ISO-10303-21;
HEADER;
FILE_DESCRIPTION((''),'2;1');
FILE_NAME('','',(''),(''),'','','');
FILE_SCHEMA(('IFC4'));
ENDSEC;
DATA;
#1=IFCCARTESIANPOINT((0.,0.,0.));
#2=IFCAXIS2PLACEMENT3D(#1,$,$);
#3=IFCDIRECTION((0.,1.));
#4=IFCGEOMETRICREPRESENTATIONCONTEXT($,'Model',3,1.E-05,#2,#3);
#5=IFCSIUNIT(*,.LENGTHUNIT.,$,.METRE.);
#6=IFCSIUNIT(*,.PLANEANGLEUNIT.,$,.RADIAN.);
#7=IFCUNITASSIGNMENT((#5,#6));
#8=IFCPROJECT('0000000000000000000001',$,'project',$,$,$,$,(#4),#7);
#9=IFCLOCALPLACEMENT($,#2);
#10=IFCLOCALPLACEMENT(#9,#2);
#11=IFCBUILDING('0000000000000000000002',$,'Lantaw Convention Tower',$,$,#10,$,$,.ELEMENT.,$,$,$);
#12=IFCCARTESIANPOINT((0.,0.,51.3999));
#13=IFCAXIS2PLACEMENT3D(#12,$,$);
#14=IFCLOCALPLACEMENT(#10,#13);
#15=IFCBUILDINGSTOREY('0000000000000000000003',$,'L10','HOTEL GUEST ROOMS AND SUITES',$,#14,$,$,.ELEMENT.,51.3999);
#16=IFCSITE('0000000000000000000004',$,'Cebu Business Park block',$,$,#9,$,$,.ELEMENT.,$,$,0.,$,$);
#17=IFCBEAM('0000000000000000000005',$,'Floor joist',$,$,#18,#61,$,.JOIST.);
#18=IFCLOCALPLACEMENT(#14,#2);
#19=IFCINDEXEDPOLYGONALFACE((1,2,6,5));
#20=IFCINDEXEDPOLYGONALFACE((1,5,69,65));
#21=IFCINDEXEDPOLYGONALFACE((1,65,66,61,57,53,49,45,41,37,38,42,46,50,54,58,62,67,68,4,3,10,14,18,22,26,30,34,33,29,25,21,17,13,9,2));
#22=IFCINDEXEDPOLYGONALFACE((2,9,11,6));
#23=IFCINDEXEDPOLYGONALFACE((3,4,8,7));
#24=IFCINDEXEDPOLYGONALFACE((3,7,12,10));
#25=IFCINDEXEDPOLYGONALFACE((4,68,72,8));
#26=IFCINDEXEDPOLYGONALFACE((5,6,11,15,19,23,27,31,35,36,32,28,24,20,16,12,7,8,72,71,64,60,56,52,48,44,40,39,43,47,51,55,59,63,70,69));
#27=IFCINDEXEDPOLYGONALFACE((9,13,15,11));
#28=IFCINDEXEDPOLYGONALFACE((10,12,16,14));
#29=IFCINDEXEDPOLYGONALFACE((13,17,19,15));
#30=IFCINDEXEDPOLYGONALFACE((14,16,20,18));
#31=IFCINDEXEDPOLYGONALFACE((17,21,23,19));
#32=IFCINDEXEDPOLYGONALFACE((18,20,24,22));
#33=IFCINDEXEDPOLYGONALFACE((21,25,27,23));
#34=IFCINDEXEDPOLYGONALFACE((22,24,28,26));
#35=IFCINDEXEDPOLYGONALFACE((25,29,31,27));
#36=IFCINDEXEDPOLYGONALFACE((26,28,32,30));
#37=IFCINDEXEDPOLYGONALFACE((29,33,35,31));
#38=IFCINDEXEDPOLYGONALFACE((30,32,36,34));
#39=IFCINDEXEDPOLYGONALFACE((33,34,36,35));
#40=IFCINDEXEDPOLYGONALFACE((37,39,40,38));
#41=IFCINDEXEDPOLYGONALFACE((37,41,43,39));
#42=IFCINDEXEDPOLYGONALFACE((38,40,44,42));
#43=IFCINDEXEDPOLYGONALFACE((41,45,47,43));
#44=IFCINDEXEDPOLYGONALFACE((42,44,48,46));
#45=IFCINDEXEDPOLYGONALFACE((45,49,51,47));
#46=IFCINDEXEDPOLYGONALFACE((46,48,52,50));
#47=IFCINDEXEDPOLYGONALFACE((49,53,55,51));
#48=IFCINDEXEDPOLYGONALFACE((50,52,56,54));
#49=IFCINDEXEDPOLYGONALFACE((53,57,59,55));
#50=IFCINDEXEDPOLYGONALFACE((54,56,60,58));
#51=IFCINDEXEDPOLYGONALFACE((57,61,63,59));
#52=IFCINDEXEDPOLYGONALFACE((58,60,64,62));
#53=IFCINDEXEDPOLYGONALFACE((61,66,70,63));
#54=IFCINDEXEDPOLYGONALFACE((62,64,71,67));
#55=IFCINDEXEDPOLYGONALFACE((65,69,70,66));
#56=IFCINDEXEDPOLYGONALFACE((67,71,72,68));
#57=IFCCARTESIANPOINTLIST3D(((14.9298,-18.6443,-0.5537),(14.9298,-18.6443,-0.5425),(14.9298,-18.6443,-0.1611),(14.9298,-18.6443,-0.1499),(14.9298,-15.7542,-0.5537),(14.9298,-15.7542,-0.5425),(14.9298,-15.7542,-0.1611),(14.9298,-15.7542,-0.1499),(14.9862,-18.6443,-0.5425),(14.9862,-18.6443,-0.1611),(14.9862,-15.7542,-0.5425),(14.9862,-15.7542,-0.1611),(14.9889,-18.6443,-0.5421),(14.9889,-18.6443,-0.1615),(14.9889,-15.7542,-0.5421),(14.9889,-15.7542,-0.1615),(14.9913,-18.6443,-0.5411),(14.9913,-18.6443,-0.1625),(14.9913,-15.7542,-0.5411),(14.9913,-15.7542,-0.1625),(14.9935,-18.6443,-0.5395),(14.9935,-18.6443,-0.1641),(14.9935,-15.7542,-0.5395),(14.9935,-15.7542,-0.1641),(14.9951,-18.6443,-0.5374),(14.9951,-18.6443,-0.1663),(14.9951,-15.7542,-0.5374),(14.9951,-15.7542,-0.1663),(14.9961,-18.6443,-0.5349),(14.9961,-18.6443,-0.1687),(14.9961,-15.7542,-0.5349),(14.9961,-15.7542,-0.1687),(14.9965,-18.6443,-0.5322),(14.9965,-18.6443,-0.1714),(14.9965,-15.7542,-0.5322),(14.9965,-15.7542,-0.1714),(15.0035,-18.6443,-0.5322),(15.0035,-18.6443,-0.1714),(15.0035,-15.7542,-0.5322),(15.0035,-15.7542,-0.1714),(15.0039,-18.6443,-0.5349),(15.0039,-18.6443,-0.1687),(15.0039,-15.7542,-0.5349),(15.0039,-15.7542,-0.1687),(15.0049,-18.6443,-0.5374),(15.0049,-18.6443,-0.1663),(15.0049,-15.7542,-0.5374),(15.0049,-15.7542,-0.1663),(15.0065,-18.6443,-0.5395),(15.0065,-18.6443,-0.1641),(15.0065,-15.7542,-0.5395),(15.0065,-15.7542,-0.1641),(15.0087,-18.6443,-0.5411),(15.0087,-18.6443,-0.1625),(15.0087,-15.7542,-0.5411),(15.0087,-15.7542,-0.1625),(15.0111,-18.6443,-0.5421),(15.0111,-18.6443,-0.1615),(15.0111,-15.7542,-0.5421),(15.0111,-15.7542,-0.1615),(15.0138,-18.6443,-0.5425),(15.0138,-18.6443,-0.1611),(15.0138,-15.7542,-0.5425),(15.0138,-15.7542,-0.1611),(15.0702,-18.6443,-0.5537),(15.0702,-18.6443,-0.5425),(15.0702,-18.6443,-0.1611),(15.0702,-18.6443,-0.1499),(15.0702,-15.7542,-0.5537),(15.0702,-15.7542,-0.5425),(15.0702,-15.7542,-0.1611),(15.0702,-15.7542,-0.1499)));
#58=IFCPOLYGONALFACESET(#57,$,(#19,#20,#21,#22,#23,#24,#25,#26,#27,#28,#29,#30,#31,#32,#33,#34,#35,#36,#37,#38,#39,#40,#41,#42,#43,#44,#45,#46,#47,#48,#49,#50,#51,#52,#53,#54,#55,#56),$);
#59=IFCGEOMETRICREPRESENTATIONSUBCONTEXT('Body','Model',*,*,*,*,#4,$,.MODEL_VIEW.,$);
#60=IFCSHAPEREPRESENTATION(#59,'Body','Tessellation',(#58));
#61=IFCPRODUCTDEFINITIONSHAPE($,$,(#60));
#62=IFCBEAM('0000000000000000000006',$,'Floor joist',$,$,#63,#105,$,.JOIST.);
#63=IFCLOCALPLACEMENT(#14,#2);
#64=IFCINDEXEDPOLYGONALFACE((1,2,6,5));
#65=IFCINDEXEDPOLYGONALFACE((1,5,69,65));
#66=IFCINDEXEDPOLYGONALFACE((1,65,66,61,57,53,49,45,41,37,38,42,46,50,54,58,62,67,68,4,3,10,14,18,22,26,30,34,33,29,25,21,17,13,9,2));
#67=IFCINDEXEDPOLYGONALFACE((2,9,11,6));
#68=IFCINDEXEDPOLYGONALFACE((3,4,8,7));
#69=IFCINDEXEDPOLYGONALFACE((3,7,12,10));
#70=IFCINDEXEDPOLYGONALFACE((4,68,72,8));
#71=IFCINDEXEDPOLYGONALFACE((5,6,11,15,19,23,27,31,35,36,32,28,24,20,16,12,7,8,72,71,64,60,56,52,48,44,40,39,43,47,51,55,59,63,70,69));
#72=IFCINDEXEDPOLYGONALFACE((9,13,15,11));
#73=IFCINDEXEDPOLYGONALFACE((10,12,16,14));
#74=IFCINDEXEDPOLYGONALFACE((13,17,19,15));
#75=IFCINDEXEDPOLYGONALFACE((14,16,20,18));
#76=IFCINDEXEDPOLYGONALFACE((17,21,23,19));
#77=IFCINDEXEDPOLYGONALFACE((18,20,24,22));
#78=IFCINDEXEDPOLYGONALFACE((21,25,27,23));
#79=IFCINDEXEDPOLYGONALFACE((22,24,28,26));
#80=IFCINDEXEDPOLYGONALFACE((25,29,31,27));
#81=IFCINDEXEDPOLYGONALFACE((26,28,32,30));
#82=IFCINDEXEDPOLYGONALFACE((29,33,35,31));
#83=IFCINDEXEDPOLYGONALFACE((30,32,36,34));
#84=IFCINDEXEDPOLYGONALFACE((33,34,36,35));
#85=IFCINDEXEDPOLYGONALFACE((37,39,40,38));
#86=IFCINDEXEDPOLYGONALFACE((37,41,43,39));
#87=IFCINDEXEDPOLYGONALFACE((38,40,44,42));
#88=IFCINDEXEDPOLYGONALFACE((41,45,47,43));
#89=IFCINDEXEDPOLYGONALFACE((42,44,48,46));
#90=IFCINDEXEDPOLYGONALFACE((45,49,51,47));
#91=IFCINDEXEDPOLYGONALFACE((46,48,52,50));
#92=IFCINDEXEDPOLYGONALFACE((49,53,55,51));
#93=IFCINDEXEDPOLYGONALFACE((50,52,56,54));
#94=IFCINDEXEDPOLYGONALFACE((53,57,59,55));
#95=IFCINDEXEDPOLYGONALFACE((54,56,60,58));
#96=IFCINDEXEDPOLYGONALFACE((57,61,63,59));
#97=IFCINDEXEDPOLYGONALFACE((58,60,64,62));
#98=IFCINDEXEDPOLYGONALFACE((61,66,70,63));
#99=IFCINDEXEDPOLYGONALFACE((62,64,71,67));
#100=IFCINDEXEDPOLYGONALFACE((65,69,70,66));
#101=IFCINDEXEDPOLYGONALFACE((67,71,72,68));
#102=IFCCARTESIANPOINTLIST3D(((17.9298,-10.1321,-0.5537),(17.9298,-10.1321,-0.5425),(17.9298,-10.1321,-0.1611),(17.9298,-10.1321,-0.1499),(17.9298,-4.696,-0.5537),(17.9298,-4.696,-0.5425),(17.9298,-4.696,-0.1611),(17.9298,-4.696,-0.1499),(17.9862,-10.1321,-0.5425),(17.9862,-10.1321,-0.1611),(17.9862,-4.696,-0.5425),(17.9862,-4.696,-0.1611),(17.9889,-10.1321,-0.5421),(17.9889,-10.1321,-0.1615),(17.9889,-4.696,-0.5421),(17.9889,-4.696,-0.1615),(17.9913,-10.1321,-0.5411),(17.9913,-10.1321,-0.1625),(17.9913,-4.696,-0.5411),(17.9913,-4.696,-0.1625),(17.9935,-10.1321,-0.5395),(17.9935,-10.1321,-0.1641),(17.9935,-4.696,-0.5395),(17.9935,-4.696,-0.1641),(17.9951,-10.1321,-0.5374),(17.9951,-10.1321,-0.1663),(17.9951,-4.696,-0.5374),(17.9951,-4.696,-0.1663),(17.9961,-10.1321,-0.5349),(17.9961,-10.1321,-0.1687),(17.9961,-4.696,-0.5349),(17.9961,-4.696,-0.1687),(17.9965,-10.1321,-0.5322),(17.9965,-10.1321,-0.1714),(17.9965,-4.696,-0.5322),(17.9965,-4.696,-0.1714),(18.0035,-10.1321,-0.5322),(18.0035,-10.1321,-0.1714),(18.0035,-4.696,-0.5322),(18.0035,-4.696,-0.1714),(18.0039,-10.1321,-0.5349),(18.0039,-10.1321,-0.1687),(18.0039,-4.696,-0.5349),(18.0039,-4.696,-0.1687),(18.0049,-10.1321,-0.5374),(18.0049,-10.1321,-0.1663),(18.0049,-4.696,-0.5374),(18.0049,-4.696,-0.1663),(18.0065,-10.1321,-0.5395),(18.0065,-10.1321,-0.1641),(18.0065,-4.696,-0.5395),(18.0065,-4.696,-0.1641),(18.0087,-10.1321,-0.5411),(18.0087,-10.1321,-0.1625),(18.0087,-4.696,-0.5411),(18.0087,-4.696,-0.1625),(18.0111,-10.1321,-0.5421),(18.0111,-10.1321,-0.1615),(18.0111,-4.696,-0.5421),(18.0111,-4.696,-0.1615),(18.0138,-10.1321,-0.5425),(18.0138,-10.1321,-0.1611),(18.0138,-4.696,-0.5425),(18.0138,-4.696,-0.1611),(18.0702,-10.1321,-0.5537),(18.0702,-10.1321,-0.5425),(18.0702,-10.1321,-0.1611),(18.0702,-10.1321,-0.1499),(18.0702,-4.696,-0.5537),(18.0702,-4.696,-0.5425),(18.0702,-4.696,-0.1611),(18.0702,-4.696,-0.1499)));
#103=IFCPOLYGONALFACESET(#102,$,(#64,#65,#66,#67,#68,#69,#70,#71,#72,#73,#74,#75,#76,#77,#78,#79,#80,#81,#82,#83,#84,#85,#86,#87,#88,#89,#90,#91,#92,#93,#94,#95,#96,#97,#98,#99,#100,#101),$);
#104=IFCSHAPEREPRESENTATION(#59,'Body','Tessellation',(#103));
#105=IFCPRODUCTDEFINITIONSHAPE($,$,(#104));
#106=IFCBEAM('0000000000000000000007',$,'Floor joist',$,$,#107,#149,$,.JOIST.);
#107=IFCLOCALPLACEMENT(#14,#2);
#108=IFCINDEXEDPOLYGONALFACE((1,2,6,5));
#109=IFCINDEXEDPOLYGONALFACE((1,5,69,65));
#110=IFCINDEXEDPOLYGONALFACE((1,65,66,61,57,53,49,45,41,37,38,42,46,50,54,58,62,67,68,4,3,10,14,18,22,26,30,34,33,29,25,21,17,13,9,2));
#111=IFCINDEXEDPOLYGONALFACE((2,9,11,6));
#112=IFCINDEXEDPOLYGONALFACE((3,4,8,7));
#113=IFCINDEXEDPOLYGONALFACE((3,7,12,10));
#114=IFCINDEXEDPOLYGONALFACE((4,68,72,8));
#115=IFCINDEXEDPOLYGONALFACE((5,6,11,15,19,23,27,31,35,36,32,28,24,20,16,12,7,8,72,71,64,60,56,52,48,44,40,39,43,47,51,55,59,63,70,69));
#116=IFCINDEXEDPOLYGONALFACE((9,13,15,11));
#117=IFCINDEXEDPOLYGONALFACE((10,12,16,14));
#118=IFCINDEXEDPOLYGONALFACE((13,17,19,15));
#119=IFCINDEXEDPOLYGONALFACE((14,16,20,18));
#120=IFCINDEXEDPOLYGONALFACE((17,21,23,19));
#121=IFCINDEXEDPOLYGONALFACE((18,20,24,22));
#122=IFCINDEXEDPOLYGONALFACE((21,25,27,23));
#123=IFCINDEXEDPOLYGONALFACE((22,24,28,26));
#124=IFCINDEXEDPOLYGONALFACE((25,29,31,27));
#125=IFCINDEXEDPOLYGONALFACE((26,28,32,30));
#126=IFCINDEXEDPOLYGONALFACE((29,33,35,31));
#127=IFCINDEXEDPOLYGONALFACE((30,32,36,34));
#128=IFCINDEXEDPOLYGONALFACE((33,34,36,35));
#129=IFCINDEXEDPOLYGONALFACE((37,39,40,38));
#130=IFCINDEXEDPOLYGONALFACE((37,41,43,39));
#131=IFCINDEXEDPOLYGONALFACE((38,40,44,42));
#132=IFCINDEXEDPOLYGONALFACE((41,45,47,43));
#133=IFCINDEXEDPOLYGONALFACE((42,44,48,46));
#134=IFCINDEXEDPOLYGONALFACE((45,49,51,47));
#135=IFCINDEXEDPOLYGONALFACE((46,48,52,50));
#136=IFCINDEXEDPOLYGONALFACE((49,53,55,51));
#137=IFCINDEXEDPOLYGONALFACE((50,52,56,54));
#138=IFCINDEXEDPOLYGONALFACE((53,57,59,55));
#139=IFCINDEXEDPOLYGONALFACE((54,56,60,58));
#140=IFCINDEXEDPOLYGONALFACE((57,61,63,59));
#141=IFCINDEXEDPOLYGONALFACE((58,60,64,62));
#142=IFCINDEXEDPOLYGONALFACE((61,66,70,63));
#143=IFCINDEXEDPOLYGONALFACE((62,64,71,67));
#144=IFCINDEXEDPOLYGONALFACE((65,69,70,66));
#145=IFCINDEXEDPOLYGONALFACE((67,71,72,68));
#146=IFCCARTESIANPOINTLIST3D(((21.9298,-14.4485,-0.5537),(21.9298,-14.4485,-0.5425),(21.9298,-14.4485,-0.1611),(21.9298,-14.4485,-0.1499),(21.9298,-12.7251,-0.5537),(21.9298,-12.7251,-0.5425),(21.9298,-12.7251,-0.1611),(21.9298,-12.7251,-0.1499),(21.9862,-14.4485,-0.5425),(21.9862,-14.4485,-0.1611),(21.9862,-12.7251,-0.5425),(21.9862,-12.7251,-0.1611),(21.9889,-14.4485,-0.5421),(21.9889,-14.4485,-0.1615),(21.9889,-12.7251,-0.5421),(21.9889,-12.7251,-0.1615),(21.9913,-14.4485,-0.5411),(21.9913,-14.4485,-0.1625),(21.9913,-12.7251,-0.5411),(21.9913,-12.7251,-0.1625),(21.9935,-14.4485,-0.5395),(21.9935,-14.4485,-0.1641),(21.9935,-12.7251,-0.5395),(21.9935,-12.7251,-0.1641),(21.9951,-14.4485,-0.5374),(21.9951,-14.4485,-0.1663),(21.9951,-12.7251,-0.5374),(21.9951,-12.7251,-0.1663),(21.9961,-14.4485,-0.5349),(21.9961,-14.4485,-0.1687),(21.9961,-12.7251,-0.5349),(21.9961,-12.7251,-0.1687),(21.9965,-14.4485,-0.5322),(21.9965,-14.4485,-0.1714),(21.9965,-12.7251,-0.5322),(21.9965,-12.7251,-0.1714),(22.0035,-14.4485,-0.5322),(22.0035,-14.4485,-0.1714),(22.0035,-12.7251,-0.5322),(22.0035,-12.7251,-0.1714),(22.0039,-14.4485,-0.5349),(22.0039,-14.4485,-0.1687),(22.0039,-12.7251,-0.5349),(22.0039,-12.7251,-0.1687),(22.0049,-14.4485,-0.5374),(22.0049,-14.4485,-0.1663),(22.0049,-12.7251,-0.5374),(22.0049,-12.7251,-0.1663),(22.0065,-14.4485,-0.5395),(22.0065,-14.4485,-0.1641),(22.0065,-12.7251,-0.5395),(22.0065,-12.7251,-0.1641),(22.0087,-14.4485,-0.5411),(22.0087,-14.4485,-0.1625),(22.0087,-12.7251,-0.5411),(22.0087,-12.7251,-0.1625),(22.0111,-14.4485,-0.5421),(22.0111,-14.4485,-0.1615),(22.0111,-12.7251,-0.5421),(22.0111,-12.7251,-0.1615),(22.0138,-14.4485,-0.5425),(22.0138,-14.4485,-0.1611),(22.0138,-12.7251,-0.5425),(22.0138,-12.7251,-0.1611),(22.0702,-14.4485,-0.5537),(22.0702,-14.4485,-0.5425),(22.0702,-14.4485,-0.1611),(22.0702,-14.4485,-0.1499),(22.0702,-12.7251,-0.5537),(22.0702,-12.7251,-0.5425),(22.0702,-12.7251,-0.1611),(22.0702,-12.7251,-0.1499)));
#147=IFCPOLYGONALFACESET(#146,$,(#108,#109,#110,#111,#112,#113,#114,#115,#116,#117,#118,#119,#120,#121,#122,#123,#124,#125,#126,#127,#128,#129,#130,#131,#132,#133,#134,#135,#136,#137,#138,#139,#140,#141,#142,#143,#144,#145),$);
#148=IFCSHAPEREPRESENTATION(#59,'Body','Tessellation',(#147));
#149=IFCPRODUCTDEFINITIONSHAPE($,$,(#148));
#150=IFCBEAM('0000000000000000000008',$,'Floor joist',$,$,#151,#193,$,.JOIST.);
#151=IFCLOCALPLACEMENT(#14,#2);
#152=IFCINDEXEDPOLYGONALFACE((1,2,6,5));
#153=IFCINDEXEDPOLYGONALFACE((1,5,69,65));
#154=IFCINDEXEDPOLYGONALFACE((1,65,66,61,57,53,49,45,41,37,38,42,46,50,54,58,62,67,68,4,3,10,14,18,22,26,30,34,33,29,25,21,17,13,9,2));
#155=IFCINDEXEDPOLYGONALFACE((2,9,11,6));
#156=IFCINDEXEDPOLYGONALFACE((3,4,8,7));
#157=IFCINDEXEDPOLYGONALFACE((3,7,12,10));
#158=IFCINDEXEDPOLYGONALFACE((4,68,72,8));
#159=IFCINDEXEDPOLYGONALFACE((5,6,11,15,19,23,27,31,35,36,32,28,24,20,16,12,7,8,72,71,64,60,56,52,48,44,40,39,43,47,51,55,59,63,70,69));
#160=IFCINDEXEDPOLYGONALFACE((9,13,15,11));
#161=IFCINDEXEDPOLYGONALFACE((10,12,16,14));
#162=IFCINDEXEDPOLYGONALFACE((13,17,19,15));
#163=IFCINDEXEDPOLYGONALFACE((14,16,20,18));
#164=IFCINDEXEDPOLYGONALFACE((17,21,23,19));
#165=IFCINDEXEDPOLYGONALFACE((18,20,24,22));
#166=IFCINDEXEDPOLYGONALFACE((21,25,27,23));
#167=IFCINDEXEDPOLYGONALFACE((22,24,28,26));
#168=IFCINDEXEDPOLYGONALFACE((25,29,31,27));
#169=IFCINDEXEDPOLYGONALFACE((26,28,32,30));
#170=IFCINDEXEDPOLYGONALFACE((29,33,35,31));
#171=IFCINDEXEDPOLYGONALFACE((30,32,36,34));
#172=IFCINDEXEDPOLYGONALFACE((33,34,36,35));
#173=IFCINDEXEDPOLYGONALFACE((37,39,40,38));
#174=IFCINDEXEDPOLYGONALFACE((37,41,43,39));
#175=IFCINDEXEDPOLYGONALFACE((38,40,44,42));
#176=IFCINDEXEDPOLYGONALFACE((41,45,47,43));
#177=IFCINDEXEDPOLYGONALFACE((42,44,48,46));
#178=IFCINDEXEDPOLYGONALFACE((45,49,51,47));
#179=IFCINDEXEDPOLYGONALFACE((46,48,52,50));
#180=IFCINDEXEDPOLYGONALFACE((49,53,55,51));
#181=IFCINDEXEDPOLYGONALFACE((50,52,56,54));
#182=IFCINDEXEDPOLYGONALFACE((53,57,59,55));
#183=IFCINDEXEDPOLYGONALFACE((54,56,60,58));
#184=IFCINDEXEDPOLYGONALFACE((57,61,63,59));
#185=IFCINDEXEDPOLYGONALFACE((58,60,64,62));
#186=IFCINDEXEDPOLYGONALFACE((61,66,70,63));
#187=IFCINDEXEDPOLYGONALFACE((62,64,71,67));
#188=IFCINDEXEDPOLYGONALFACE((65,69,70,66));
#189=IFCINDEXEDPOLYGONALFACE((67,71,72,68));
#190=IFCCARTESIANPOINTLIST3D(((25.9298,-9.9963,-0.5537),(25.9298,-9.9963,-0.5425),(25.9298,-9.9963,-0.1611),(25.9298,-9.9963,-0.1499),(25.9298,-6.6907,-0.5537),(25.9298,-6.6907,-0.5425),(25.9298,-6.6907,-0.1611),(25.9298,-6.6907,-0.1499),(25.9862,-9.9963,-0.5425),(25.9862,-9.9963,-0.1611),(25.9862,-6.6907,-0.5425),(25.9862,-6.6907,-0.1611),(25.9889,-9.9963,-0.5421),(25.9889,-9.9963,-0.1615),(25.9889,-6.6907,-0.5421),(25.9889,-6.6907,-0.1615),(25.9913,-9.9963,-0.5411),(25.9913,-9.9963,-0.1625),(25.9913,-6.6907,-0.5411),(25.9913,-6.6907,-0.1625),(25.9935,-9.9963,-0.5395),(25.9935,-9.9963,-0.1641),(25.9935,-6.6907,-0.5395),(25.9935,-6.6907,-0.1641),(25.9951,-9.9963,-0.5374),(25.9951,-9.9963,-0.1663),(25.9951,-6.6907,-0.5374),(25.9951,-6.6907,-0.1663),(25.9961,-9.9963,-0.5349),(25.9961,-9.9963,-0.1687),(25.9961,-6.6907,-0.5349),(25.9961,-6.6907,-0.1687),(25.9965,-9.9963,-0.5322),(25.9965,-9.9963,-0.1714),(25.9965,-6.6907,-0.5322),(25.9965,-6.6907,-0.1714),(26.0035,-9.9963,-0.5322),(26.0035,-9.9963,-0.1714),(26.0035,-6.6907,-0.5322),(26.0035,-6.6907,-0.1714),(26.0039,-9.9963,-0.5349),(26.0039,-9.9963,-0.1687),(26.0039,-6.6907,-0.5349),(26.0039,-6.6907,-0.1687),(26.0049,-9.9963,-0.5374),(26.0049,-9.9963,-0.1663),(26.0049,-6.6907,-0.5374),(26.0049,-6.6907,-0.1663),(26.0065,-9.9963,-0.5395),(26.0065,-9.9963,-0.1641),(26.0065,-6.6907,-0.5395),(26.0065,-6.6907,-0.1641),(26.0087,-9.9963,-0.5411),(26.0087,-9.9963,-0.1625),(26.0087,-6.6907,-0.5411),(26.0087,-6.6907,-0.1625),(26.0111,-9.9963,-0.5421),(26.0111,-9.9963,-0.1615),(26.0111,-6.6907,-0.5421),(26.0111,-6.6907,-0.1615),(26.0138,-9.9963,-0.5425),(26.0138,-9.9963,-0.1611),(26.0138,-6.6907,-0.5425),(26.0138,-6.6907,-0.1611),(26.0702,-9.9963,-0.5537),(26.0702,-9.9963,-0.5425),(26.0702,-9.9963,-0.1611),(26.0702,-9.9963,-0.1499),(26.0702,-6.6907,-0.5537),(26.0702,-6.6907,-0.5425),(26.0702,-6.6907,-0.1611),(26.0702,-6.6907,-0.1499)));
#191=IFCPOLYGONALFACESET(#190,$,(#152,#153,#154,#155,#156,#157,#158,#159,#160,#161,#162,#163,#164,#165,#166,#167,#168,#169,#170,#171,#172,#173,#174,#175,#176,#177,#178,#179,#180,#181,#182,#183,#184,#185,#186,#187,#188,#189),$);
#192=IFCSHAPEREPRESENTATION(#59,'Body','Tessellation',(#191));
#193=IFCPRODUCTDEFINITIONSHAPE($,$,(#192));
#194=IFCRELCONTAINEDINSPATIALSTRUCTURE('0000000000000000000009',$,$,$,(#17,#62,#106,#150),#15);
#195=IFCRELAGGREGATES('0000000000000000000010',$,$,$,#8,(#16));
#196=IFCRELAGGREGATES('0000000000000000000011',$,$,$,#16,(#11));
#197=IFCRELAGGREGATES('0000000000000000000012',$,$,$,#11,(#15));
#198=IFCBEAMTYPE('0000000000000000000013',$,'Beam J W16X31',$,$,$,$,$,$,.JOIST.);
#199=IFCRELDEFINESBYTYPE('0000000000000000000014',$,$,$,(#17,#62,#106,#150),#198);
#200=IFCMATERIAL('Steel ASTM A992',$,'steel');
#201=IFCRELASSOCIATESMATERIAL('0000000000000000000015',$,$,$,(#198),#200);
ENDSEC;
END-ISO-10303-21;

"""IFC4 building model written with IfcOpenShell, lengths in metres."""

from ifc_helpers import new_model, si_unit, direction, frame, origin, origin_2d, place, context, subcontext, project, spatial, i_section, extrude, material, material_profile, profile_set, type_object, element, save


model = new_model("IFC4")

# Units and contexts
model_context = context("Model", 3, precision=1e-05, world=origin(), true_north=direction((0.0, 1.0)))
body_context = subcontext(model_context, "Body", "Model", "MODEL_VIEW")
ifc_project = project(units=[si_unit("LENGTHUNIT", "METRE"), si_unit("PLANEANGLEUNIT", "RADIAN")], contexts=[model_context])

# Site, building, storey
site_placement = place(None, origin())
site = spatial("IfcSite", under=ifc_project, at=site_placement, Name="Cebu Business Park block", CompositionType="ELEMENT", RefElevation=0.0)
building_placement = place(site_placement, origin())
building = spatial("IfcBuilding", under=site, at=building_placement, Name="Lantaw Convention Tower", CompositionType="ELEMENT")
storey_placement = place(building_placement, frame((0.0, 0.0, 51.3999)))
storey = spatial("IfcBuildingStorey", under=building, at=storey_placement, Name="L10", Description="HOTEL GUEST ROOMS AND SUITES", CompositionType="ELEMENT", Elevation=51.3999)

# Beams
ifc_material_1 = material(Name="Steel ASTM A992", Category="steel")
ifc_material_profile_1 = material_profile(ifc_material_1, i_section(OverallWidth=0.1404, OverallDepth=0.4038, WebThickness=0.0071, FlangeThickness=0.0112, FilletRadius=0.0103, at=origin_2d()), Name="W16X31")
ifc_profile_set_1 = profile_set([ifc_material_profile_1], Name="Steel ASTM A992")
beam_type_1 = type_object("IfcBeamType", Name="Beam J W16X31", PredefinedType="JOIST", material=ifc_profile_set_1)
beam_1_placement = place(storey_placement, frame((15.0, -18.6443, -0.3518), z_axis=(0.0, 1.0, 0.0), x_axis=(-1.0, 0.0, 0.0)))
element("IfcBeam", 1, at=beam_1_placement, inside=storey, type_object=beam_type_1, Name="Floor joist", PredefinedType="JOIST", context=body_context, shape_type="SweptSolid", body=[
    extrude(i_section(OverallWidth=0.1404, OverallDepth=0.4038, WebThickness=0.0071, FlangeThickness=0.0112, FilletRadius=0.0103, at=origin_2d()), origin(), (0.0, 0.0, 1.0), 2.8901),
])
beam_2_placement = place(storey_placement, frame((18.0, -10.1321, -0.3518), z_axis=(0.0, 1.0, 0.0), x_axis=(-1.0, 0.0, 0.0)))
element("IfcBeam", 2, at=beam_2_placement, inside=storey, type_object=beam_type_1, Name="Floor joist", PredefinedType="JOIST", context=body_context, shape_type="SweptSolid", body=[
    extrude(i_section(OverallWidth=0.1404, OverallDepth=0.4038, WebThickness=0.0071, FlangeThickness=0.0112, FilletRadius=0.0103, at=origin_2d()), origin(), (0.0, 0.0, 1.0), 5.436),
])
beam_3_placement = place(storey_placement, frame((22.0, -14.4485, -0.3518), z_axis=(0.0, 1.0, 0.0), x_axis=(-1.0, 0.0, 0.0)))
element("IfcBeam", 3, at=beam_3_placement, inside=storey, type_object=beam_type_1, Name="Floor joist", PredefinedType="JOIST", context=body_context, shape_type="SweptSolid", body=[
    extrude(i_section(OverallWidth=0.1404, OverallDepth=0.4038, WebThickness=0.0071, FlangeThickness=0.0112, FilletRadius=0.0103, at=origin_2d()), origin(), (0.0, 0.0, 1.0), 1.7234),
])
beam_4_placement = place(storey_placement, frame((26.0, -9.9963, -0.3518), z_axis=(0.0, 1.0, 0.0), x_axis=(-1.0, 0.0, 0.0)))
element("IfcBeam", 4, at=beam_4_placement, inside=storey, type_object=beam_type_1, Name="Floor joist", PredefinedType="JOIST", context=body_context, shape_type="SweptSolid", body=[
    extrude(i_section(OverallWidth=0.1404, OverallDepth=0.4038, WebThickness=0.0071, FlangeThickness=0.0112, FilletRadius=0.0103, at=origin_2d()), origin(), (0.0, 0.0, 1.0), 3.3057),
])

save(model, "model.ifc")
